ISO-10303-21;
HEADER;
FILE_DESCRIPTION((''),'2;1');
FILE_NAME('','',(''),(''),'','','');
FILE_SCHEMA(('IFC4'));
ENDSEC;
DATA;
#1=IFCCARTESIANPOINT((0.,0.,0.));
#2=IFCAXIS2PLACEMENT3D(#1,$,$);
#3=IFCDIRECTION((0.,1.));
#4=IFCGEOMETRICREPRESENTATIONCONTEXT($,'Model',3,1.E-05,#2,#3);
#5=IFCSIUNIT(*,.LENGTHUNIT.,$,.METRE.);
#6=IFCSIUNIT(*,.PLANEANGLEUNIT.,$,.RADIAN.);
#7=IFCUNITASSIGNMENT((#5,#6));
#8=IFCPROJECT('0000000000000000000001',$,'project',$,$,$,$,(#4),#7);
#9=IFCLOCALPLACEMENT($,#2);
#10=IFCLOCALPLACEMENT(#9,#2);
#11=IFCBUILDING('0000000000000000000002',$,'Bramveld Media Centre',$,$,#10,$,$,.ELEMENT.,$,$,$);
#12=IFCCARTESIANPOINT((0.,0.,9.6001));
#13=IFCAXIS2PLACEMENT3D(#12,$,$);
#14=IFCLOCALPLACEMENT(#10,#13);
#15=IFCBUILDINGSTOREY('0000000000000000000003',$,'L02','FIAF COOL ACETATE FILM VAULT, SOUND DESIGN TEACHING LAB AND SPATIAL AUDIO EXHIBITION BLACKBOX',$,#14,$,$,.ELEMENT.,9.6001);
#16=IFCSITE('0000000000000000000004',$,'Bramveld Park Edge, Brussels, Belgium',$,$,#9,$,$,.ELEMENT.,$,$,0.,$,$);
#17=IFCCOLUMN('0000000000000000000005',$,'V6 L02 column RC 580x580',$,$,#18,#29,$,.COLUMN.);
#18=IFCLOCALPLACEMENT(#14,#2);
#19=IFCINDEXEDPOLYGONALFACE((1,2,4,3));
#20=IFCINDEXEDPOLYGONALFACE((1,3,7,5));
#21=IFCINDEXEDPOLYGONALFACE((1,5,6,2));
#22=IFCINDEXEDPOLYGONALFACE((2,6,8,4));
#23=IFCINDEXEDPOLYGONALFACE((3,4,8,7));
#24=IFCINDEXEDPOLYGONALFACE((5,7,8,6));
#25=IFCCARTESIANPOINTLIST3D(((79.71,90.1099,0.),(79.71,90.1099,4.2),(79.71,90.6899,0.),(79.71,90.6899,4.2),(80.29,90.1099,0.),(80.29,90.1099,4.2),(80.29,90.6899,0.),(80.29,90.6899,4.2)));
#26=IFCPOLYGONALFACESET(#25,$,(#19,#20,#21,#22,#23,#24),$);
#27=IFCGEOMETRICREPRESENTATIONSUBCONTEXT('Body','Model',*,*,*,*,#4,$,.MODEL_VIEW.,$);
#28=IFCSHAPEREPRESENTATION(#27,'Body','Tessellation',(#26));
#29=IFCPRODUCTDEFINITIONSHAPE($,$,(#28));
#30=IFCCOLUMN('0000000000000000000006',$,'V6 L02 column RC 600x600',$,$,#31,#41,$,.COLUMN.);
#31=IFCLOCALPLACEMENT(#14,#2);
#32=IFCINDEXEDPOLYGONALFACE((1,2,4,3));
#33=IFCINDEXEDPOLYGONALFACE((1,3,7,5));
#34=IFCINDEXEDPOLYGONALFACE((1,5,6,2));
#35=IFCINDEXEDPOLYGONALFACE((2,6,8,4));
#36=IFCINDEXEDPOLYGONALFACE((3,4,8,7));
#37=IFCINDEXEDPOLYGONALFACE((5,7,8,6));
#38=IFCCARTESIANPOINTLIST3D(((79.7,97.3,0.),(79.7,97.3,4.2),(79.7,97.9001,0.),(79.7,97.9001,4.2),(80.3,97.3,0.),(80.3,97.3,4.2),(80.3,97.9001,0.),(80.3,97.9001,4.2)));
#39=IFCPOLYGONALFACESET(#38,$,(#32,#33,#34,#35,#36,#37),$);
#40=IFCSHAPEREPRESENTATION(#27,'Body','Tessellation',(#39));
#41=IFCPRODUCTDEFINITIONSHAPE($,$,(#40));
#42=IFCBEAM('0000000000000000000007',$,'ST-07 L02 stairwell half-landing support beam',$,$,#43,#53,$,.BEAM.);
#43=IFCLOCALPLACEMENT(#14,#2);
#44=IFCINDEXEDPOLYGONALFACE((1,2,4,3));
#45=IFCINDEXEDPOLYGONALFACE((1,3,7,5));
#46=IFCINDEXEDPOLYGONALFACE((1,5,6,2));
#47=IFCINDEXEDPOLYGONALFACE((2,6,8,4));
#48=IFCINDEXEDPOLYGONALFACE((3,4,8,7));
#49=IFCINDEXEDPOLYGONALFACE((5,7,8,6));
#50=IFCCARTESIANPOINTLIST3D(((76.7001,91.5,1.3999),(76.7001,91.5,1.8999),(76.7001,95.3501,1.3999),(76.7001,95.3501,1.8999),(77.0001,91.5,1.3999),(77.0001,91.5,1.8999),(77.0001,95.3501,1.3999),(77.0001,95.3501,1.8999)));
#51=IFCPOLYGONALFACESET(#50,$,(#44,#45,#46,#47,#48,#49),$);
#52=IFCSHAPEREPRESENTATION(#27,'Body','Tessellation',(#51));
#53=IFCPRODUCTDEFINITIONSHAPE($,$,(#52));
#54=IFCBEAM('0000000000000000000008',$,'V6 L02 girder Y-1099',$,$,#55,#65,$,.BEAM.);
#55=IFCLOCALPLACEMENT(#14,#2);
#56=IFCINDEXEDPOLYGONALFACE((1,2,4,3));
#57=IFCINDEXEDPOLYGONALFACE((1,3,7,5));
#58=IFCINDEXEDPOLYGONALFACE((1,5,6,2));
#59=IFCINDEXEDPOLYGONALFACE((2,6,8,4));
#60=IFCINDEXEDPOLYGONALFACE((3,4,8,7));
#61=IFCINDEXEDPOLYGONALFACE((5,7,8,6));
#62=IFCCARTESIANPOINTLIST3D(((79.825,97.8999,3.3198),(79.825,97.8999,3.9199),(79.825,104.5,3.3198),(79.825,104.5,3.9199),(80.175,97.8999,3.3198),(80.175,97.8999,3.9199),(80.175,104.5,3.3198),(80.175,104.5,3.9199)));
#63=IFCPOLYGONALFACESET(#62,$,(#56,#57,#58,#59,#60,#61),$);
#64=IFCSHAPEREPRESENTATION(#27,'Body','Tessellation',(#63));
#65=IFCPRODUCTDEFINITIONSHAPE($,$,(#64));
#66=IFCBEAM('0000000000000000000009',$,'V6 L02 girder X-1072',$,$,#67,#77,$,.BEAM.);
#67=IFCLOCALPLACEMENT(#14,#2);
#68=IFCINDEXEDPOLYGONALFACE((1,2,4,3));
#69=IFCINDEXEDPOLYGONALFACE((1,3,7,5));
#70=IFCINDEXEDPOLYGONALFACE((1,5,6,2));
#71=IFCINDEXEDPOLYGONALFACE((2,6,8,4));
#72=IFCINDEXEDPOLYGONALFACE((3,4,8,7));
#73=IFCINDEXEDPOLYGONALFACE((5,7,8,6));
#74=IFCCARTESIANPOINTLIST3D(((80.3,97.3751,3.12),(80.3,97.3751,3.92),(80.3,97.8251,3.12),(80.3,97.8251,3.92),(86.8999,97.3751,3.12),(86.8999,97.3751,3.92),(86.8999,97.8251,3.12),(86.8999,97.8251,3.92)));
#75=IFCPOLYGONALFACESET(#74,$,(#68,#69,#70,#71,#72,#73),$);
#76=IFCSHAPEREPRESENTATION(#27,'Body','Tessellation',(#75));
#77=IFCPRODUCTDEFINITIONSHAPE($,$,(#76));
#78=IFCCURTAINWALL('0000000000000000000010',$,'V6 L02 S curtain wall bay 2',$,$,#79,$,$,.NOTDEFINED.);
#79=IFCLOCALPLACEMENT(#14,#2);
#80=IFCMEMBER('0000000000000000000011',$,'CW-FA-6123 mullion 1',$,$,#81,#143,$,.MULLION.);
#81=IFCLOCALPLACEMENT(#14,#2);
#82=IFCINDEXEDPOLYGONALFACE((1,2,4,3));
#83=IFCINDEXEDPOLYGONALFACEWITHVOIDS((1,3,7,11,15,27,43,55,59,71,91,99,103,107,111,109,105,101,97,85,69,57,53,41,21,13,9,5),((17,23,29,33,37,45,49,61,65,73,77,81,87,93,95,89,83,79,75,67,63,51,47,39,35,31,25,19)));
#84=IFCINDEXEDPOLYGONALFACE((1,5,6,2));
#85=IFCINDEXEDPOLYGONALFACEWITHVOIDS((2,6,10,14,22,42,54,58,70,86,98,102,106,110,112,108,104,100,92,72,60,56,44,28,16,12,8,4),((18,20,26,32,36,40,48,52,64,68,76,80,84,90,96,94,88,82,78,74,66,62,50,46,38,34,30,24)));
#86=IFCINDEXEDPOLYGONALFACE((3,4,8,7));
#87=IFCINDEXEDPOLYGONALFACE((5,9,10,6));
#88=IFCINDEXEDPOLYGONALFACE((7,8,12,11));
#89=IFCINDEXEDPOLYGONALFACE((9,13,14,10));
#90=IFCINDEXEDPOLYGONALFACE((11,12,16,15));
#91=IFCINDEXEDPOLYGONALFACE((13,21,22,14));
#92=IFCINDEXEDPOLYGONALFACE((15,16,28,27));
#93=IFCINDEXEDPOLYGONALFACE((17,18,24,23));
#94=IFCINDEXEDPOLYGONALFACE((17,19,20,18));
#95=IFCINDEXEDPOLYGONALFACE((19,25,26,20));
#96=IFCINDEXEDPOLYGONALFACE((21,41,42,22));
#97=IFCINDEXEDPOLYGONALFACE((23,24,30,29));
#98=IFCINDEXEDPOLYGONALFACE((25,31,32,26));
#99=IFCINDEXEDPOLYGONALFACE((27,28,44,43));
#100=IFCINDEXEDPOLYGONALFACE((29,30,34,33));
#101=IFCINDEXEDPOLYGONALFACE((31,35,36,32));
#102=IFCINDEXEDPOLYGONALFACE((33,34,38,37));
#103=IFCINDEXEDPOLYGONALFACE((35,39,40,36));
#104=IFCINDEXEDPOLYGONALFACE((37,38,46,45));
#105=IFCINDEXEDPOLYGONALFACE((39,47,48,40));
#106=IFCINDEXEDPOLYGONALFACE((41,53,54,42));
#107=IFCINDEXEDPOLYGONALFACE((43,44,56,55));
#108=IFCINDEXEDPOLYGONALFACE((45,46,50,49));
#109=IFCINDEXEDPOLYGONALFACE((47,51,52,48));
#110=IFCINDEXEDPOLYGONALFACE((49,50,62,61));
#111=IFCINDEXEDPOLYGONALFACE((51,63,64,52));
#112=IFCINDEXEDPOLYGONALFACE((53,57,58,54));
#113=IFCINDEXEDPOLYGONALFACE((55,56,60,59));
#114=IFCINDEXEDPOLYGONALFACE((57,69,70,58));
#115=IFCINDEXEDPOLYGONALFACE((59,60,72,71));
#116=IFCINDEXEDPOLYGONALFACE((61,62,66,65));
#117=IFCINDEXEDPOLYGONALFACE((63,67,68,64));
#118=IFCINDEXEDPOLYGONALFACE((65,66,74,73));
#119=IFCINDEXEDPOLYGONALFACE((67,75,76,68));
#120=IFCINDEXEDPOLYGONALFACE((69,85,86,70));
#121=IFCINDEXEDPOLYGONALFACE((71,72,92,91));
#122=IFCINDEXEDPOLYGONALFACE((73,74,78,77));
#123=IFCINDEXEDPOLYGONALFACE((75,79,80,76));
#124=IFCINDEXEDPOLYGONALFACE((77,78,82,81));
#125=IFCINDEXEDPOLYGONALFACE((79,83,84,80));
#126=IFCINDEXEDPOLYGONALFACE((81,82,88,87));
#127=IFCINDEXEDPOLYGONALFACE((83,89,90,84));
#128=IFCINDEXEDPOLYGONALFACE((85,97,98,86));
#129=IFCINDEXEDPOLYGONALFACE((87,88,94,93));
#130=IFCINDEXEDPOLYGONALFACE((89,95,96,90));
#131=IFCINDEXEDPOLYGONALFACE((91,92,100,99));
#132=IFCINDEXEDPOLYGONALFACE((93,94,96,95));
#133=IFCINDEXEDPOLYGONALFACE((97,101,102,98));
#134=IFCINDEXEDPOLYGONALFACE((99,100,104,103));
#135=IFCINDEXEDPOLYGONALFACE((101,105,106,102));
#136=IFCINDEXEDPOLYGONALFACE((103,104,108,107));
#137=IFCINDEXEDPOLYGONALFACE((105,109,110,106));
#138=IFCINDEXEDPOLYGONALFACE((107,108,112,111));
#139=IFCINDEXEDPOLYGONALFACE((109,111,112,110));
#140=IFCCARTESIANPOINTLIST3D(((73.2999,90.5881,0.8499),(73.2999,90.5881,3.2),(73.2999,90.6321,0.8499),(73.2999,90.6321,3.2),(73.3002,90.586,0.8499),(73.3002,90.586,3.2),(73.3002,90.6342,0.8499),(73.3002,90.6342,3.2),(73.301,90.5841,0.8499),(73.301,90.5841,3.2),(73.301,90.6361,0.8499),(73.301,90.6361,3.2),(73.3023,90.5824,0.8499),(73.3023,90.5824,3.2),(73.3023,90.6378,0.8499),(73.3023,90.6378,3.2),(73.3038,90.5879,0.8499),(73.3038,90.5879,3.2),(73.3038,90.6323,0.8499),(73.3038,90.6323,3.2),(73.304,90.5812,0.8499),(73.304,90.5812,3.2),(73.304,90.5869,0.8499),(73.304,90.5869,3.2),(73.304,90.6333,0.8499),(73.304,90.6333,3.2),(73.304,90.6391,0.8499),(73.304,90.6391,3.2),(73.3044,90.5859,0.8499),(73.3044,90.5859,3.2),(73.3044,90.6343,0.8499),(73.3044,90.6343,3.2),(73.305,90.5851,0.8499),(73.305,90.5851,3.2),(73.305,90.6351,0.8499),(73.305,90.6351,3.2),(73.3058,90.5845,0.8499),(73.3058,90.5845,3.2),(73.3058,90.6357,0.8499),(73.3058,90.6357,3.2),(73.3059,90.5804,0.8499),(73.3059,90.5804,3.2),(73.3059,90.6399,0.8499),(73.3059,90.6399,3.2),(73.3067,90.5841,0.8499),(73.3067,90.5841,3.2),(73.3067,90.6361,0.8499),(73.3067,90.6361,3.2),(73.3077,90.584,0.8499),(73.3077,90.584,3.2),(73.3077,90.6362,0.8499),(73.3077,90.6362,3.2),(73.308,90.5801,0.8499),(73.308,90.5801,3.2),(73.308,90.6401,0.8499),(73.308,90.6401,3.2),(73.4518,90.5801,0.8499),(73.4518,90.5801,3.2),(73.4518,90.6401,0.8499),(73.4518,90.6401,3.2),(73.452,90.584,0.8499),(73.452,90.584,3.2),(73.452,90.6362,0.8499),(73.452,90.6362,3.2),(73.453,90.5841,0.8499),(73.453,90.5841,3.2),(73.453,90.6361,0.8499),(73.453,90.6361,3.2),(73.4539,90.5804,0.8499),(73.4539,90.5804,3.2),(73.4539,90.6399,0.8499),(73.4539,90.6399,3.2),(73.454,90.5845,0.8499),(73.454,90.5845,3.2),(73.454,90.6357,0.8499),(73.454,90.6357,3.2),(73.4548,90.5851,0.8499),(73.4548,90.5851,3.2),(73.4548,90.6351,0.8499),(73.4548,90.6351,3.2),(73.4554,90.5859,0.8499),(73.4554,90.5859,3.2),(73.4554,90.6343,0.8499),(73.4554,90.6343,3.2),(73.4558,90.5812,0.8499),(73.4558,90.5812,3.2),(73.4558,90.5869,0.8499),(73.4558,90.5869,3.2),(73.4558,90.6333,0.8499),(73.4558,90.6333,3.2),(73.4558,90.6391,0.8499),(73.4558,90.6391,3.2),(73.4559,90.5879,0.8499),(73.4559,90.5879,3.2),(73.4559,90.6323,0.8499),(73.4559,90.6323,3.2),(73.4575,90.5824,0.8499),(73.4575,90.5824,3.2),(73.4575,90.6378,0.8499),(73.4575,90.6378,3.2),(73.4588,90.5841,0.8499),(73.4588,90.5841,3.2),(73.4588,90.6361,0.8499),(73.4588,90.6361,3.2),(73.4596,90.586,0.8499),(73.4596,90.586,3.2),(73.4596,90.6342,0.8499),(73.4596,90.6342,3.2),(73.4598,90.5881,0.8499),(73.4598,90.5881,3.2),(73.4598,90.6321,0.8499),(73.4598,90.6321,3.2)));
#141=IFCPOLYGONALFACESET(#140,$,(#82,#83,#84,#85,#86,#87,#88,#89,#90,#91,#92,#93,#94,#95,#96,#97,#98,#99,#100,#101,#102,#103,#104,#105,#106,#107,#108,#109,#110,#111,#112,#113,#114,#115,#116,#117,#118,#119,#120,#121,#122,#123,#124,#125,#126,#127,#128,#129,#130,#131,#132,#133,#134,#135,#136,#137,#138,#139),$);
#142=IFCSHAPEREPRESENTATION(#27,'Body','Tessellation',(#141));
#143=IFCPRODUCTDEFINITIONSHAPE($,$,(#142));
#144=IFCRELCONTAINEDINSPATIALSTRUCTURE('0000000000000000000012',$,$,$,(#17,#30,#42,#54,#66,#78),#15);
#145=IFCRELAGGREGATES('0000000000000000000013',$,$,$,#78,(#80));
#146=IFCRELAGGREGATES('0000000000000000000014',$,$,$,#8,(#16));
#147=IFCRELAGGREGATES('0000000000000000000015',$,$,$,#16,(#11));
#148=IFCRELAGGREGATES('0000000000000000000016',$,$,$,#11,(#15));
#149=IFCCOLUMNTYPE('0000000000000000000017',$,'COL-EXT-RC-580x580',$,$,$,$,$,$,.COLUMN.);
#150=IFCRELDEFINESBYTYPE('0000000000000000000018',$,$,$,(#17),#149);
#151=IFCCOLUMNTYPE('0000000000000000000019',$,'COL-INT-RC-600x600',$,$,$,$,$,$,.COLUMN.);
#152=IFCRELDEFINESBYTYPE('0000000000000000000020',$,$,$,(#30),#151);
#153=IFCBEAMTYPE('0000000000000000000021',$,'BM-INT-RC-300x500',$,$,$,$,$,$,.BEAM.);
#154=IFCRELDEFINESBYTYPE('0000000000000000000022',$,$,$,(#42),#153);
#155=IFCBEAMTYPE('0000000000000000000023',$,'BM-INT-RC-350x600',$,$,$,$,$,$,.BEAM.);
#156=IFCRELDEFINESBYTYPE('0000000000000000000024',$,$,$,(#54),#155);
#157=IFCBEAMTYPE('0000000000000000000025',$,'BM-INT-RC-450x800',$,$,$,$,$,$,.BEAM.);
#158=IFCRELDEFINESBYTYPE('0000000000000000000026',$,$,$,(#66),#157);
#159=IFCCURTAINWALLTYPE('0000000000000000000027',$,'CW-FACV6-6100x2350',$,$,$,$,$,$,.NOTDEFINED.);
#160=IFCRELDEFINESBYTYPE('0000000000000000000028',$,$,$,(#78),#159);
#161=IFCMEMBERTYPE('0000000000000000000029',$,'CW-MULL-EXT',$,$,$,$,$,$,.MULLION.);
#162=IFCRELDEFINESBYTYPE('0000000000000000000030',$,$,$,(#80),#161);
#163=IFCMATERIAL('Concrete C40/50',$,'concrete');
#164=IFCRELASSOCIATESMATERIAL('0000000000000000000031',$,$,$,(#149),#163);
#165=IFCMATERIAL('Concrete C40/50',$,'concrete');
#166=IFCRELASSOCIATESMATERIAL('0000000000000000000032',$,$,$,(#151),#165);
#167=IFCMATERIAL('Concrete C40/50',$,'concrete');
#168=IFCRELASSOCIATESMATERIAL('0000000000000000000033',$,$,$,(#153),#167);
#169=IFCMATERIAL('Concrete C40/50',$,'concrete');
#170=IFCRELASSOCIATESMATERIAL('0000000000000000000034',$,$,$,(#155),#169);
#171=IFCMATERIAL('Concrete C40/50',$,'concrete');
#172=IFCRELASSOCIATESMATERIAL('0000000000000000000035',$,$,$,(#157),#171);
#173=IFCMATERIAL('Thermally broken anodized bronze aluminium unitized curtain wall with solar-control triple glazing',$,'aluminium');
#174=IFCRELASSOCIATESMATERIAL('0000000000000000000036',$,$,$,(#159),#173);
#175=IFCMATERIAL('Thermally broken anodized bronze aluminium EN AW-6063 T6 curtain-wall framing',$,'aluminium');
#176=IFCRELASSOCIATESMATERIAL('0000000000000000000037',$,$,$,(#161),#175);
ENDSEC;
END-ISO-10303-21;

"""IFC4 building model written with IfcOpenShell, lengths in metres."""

from ifc_helpers import new_model, si_unit, direction, frame, origin, origin_2d, place, context, subcontext, project, spatial, rectangle, hollow_rectangle, extrude, material, material_profile, profile_set, type_object, element, aggregate, save


model = new_model("IFC4")

# Units and contexts
model_context = context("Model", 3, precision=1e-05, world=origin(), true_north=direction((0.0, 1.0)))
body_context = subcontext(model_context, "Body", "Model", "MODEL_VIEW")
ifc_project = project(units=[si_unit("LENGTHUNIT", "METRE"), si_unit("PLANEANGLEUNIT", "RADIAN")], contexts=[model_context])

# Site, building, storey
site_placement = place(None, origin())
site = spatial("IfcSite", under=ifc_project, at=site_placement, Name="Bramveld Park Edge, Brussels, Belgium", CompositionType="ELEMENT", RefElevation=0.0)
building_placement = place(site_placement, origin())
building = spatial("IfcBuilding", under=site, at=building_placement, Name="Bramveld Media Centre", CompositionType="ELEMENT")
storey_placement = place(building_placement, frame((0.0, 0.0, 9.6001)))
storey = spatial("IfcBuildingStorey", under=building, at=storey_placement, Name="L02", Description="FIAF COOL ACETATE FILM VAULT, SOUND DESIGN TEACHING LAB AND SPATIAL AUDIO EXHIBITION BLACKBOX", CompositionType="ELEMENT", Elevation=9.6001)

# Columns
ifc_material_1 = material(Name="Concrete C40/50", Category="concrete")
ifc_material_profile_1 = material_profile(ifc_material_1, rectangle(XDim=0.5801, YDim=0.5801, at=origin_2d()), Name="RC 580x580")
ifc_profile_set_1 = profile_set([ifc_material_profile_1], Name="Concrete C40/50")
column_type_1 = type_object("IfcColumnType", Name="COL-EXT-RC-580x580", PredefinedType="COLUMN", material=ifc_profile_set_1)
column_1_placement = place(storey_placement, frame((80.0, 90.3999, 0.0), z_axis=(0.0, 0.0, 1.0), x_axis=(1.0, 0.0, 0.0)))
element("IfcColumn", 1, at=column_1_placement, inside=storey, type_object=column_type_1, Name="V6 L02 column RC 580x580", PredefinedType="COLUMN", context=body_context, shape_type="SweptSolid", body=[
    extrude(rectangle(XDim=0.5801, YDim=0.5801, at=origin_2d()), origin(), (0.0, 0.0, 1.0), 4.2),
])
ifc_material_2 = material(Name="Concrete C40/50", Category="concrete")
ifc_material_profile_2 = material_profile(ifc_material_2, rectangle(XDim=0.6001, YDim=0.6001, at=origin_2d()), Name="RC 600x600")
ifc_profile_set_2 = profile_set([ifc_material_profile_2], Name="Concrete C40/50")
column_type_2 = type_object("IfcColumnType", Name="COL-INT-RC-600x600", PredefinedType="COLUMN", material=ifc_profile_set_2)
column_2_placement = place(storey_placement, frame((80.0, 97.6001, 0.0), z_axis=(0.0, 0.0, 1.0), x_axis=(1.0, 0.0, 0.0)))
element("IfcColumn", 2, at=column_2_placement, inside=storey, type_object=column_type_2, Name="V6 L02 column RC 600x600", PredefinedType="COLUMN", context=body_context, shape_type="SweptSolid", body=[
    extrude(rectangle(XDim=0.6001, YDim=0.6001, at=origin_2d()), origin(), (0.0, 0.0, 1.0), 4.2),
])

# Beams
ifc_material_3 = material(Name="Concrete C40/50", Category="concrete")
ifc_material_profile_3 = material_profile(ifc_material_3, rectangle(XDim=0.3, YDim=0.5, at=origin_2d()), Name="RC 300x500")
ifc_profile_set_3 = profile_set([ifc_material_profile_3], Name="Concrete C40/50")
beam_type_1 = type_object("IfcBeamType", Name="BM-INT-RC-300x500", PredefinedType="BEAM", material=ifc_profile_set_3)
beam_1_placement = place(storey_placement, frame((76.8501, 91.5, 1.6499), z_axis=(0.0, 1.0, 0.0), x_axis=(-1.0, 0.0, 0.0)))
element("IfcBeam", 3, at=beam_1_placement, inside=storey, type_object=beam_type_1, Name="ST-07 L02 stairwell half-landing support beam", PredefinedType="BEAM", context=body_context, shape_type="SweptSolid", body=[
    extrude(rectangle(XDim=0.3, YDim=0.5, at=origin_2d()), origin(), (0.0, 0.0, 1.0), 3.8501),
])
ifc_material_4 = material(Name="Concrete C40/50", Category="concrete")
ifc_material_profile_4 = material_profile(ifc_material_4, rectangle(XDim=0.3501, YDim=0.6001, at=origin_2d()), Name="RC 350x600")
ifc_profile_set_4 = profile_set([ifc_material_profile_4], Name="Concrete C40/50")
beam_type_2 = type_object("IfcBeamType", Name="BM-INT-RC-350x600", PredefinedType="BEAM", material=ifc_profile_set_4)
beam_2_placement = place(storey_placement, frame((80.0, 97.8999, 3.6199), z_axis=(0.0, 1.0, 0.0), x_axis=(-1.0, 0.0, 0.0)))
element("IfcBeam", 4, at=beam_2_placement, inside=storey, type_object=beam_type_2, Name="V6 L02 girder Y-1099", PredefinedType="BEAM", context=body_context, shape_type="SweptSolid", body=[
    extrude(rectangle(XDim=0.3501, YDim=0.6001, at=origin_2d()), origin(), (0.0, 0.0, 1.0), 6.6001),
])
ifc_material_5 = material(Name="Concrete C40/50", Category="concrete")
ifc_material_profile_5 = material_profile(ifc_material_5, rectangle(XDim=0.45, YDim=0.8, at=origin_2d()), Name="RC 450x800")
ifc_profile_set_5 = profile_set([ifc_material_profile_5], Name="Concrete C40/50")
beam_type_3 = type_object("IfcBeamType", Name="BM-INT-RC-450x800", PredefinedType="BEAM", material=ifc_profile_set_5)
beam_3_placement = place(storey_placement, frame((80.3, 97.6001, 3.52), z_axis=(1.0, 0.0, 0.0), x_axis=(0.0, 1.0, 0.0)))
element("IfcBeam", 5, at=beam_3_placement, inside=storey, type_object=beam_type_3, Name="V6 L02 girder X-1072", PredefinedType="BEAM", context=body_context, shape_type="SweptSolid", body=[
    extrude(rectangle(XDim=0.45, YDim=0.8, at=origin_2d()), origin(), (0.0, 0.0, 1.0), 6.5999),
])

# Curtain wall, member
ifc_material_6 = material(Name="Thermally broken anodized bronze aluminium unitized curtain wall with solar-control triple glazing", Category="aluminium")
curtain_wall_type_1 = type_object("IfcCurtainWallType", Name="CW-FACV6-6100x2350", PredefinedType="NOTDEFINED", material=ifc_material_6)
curtain_wall_1_placement = place(storey_placement, origin())
curtain_wall_1 = element("IfcCurtainWall", 6, at=curtain_wall_1_placement, inside=storey, type_object=curtain_wall_type_1, Name="V6 L02 S curtain wall bay 2", PredefinedType="NOTDEFINED")
ifc_material_7 = material(Name="Thermally broken anodized bronze aluminium EN AW-6063 T6 curtain-wall framing", Category="aluminium")
ifc_material_profile_6 = material_profile(ifc_material_7, hollow_rectangle(XDim=0.0601, YDim=0.1599, WallThickness=0.0039, InnerFilletRadius=0.0039, OuterFilletRadius=0.0081, at=origin_2d()), Name="AL-MULL 60x160")
ifc_profile_set_6 = profile_set([ifc_material_profile_6], Name="Thermally broken anodized bronze aluminium EN AW-6063 T6 curtain-wall framing")
member_type_1 = type_object("IfcMemberType", Name="CW-MULL-EXT", PredefinedType="MULLION", material=ifc_profile_set_6)
member_1_placement = place(storey_placement, frame((73.3799, 90.6101, 0.8499), z_axis=(0.0, 0.0, 1.0), x_axis=(0.0, 1.0, 0.0)))
member_1 = element("IfcMember", 7, at=member_1_placement, type_object=member_type_1, Name="CW-FA-6123 mullion 1", PredefinedType="MULLION", context=body_context, shape_type="SweptSolid", body=[
    extrude(hollow_rectangle(XDim=0.0601, YDim=0.1599, WallThickness=0.0039, InnerFilletRadius=0.0039, OuterFilletRadius=0.0081, at=origin_2d()), origin(), (0.0, 0.0, 1.0), 2.3501),
])

aggregate(curtain_wall_1, [member_1])

save(model, "model.ifc")
